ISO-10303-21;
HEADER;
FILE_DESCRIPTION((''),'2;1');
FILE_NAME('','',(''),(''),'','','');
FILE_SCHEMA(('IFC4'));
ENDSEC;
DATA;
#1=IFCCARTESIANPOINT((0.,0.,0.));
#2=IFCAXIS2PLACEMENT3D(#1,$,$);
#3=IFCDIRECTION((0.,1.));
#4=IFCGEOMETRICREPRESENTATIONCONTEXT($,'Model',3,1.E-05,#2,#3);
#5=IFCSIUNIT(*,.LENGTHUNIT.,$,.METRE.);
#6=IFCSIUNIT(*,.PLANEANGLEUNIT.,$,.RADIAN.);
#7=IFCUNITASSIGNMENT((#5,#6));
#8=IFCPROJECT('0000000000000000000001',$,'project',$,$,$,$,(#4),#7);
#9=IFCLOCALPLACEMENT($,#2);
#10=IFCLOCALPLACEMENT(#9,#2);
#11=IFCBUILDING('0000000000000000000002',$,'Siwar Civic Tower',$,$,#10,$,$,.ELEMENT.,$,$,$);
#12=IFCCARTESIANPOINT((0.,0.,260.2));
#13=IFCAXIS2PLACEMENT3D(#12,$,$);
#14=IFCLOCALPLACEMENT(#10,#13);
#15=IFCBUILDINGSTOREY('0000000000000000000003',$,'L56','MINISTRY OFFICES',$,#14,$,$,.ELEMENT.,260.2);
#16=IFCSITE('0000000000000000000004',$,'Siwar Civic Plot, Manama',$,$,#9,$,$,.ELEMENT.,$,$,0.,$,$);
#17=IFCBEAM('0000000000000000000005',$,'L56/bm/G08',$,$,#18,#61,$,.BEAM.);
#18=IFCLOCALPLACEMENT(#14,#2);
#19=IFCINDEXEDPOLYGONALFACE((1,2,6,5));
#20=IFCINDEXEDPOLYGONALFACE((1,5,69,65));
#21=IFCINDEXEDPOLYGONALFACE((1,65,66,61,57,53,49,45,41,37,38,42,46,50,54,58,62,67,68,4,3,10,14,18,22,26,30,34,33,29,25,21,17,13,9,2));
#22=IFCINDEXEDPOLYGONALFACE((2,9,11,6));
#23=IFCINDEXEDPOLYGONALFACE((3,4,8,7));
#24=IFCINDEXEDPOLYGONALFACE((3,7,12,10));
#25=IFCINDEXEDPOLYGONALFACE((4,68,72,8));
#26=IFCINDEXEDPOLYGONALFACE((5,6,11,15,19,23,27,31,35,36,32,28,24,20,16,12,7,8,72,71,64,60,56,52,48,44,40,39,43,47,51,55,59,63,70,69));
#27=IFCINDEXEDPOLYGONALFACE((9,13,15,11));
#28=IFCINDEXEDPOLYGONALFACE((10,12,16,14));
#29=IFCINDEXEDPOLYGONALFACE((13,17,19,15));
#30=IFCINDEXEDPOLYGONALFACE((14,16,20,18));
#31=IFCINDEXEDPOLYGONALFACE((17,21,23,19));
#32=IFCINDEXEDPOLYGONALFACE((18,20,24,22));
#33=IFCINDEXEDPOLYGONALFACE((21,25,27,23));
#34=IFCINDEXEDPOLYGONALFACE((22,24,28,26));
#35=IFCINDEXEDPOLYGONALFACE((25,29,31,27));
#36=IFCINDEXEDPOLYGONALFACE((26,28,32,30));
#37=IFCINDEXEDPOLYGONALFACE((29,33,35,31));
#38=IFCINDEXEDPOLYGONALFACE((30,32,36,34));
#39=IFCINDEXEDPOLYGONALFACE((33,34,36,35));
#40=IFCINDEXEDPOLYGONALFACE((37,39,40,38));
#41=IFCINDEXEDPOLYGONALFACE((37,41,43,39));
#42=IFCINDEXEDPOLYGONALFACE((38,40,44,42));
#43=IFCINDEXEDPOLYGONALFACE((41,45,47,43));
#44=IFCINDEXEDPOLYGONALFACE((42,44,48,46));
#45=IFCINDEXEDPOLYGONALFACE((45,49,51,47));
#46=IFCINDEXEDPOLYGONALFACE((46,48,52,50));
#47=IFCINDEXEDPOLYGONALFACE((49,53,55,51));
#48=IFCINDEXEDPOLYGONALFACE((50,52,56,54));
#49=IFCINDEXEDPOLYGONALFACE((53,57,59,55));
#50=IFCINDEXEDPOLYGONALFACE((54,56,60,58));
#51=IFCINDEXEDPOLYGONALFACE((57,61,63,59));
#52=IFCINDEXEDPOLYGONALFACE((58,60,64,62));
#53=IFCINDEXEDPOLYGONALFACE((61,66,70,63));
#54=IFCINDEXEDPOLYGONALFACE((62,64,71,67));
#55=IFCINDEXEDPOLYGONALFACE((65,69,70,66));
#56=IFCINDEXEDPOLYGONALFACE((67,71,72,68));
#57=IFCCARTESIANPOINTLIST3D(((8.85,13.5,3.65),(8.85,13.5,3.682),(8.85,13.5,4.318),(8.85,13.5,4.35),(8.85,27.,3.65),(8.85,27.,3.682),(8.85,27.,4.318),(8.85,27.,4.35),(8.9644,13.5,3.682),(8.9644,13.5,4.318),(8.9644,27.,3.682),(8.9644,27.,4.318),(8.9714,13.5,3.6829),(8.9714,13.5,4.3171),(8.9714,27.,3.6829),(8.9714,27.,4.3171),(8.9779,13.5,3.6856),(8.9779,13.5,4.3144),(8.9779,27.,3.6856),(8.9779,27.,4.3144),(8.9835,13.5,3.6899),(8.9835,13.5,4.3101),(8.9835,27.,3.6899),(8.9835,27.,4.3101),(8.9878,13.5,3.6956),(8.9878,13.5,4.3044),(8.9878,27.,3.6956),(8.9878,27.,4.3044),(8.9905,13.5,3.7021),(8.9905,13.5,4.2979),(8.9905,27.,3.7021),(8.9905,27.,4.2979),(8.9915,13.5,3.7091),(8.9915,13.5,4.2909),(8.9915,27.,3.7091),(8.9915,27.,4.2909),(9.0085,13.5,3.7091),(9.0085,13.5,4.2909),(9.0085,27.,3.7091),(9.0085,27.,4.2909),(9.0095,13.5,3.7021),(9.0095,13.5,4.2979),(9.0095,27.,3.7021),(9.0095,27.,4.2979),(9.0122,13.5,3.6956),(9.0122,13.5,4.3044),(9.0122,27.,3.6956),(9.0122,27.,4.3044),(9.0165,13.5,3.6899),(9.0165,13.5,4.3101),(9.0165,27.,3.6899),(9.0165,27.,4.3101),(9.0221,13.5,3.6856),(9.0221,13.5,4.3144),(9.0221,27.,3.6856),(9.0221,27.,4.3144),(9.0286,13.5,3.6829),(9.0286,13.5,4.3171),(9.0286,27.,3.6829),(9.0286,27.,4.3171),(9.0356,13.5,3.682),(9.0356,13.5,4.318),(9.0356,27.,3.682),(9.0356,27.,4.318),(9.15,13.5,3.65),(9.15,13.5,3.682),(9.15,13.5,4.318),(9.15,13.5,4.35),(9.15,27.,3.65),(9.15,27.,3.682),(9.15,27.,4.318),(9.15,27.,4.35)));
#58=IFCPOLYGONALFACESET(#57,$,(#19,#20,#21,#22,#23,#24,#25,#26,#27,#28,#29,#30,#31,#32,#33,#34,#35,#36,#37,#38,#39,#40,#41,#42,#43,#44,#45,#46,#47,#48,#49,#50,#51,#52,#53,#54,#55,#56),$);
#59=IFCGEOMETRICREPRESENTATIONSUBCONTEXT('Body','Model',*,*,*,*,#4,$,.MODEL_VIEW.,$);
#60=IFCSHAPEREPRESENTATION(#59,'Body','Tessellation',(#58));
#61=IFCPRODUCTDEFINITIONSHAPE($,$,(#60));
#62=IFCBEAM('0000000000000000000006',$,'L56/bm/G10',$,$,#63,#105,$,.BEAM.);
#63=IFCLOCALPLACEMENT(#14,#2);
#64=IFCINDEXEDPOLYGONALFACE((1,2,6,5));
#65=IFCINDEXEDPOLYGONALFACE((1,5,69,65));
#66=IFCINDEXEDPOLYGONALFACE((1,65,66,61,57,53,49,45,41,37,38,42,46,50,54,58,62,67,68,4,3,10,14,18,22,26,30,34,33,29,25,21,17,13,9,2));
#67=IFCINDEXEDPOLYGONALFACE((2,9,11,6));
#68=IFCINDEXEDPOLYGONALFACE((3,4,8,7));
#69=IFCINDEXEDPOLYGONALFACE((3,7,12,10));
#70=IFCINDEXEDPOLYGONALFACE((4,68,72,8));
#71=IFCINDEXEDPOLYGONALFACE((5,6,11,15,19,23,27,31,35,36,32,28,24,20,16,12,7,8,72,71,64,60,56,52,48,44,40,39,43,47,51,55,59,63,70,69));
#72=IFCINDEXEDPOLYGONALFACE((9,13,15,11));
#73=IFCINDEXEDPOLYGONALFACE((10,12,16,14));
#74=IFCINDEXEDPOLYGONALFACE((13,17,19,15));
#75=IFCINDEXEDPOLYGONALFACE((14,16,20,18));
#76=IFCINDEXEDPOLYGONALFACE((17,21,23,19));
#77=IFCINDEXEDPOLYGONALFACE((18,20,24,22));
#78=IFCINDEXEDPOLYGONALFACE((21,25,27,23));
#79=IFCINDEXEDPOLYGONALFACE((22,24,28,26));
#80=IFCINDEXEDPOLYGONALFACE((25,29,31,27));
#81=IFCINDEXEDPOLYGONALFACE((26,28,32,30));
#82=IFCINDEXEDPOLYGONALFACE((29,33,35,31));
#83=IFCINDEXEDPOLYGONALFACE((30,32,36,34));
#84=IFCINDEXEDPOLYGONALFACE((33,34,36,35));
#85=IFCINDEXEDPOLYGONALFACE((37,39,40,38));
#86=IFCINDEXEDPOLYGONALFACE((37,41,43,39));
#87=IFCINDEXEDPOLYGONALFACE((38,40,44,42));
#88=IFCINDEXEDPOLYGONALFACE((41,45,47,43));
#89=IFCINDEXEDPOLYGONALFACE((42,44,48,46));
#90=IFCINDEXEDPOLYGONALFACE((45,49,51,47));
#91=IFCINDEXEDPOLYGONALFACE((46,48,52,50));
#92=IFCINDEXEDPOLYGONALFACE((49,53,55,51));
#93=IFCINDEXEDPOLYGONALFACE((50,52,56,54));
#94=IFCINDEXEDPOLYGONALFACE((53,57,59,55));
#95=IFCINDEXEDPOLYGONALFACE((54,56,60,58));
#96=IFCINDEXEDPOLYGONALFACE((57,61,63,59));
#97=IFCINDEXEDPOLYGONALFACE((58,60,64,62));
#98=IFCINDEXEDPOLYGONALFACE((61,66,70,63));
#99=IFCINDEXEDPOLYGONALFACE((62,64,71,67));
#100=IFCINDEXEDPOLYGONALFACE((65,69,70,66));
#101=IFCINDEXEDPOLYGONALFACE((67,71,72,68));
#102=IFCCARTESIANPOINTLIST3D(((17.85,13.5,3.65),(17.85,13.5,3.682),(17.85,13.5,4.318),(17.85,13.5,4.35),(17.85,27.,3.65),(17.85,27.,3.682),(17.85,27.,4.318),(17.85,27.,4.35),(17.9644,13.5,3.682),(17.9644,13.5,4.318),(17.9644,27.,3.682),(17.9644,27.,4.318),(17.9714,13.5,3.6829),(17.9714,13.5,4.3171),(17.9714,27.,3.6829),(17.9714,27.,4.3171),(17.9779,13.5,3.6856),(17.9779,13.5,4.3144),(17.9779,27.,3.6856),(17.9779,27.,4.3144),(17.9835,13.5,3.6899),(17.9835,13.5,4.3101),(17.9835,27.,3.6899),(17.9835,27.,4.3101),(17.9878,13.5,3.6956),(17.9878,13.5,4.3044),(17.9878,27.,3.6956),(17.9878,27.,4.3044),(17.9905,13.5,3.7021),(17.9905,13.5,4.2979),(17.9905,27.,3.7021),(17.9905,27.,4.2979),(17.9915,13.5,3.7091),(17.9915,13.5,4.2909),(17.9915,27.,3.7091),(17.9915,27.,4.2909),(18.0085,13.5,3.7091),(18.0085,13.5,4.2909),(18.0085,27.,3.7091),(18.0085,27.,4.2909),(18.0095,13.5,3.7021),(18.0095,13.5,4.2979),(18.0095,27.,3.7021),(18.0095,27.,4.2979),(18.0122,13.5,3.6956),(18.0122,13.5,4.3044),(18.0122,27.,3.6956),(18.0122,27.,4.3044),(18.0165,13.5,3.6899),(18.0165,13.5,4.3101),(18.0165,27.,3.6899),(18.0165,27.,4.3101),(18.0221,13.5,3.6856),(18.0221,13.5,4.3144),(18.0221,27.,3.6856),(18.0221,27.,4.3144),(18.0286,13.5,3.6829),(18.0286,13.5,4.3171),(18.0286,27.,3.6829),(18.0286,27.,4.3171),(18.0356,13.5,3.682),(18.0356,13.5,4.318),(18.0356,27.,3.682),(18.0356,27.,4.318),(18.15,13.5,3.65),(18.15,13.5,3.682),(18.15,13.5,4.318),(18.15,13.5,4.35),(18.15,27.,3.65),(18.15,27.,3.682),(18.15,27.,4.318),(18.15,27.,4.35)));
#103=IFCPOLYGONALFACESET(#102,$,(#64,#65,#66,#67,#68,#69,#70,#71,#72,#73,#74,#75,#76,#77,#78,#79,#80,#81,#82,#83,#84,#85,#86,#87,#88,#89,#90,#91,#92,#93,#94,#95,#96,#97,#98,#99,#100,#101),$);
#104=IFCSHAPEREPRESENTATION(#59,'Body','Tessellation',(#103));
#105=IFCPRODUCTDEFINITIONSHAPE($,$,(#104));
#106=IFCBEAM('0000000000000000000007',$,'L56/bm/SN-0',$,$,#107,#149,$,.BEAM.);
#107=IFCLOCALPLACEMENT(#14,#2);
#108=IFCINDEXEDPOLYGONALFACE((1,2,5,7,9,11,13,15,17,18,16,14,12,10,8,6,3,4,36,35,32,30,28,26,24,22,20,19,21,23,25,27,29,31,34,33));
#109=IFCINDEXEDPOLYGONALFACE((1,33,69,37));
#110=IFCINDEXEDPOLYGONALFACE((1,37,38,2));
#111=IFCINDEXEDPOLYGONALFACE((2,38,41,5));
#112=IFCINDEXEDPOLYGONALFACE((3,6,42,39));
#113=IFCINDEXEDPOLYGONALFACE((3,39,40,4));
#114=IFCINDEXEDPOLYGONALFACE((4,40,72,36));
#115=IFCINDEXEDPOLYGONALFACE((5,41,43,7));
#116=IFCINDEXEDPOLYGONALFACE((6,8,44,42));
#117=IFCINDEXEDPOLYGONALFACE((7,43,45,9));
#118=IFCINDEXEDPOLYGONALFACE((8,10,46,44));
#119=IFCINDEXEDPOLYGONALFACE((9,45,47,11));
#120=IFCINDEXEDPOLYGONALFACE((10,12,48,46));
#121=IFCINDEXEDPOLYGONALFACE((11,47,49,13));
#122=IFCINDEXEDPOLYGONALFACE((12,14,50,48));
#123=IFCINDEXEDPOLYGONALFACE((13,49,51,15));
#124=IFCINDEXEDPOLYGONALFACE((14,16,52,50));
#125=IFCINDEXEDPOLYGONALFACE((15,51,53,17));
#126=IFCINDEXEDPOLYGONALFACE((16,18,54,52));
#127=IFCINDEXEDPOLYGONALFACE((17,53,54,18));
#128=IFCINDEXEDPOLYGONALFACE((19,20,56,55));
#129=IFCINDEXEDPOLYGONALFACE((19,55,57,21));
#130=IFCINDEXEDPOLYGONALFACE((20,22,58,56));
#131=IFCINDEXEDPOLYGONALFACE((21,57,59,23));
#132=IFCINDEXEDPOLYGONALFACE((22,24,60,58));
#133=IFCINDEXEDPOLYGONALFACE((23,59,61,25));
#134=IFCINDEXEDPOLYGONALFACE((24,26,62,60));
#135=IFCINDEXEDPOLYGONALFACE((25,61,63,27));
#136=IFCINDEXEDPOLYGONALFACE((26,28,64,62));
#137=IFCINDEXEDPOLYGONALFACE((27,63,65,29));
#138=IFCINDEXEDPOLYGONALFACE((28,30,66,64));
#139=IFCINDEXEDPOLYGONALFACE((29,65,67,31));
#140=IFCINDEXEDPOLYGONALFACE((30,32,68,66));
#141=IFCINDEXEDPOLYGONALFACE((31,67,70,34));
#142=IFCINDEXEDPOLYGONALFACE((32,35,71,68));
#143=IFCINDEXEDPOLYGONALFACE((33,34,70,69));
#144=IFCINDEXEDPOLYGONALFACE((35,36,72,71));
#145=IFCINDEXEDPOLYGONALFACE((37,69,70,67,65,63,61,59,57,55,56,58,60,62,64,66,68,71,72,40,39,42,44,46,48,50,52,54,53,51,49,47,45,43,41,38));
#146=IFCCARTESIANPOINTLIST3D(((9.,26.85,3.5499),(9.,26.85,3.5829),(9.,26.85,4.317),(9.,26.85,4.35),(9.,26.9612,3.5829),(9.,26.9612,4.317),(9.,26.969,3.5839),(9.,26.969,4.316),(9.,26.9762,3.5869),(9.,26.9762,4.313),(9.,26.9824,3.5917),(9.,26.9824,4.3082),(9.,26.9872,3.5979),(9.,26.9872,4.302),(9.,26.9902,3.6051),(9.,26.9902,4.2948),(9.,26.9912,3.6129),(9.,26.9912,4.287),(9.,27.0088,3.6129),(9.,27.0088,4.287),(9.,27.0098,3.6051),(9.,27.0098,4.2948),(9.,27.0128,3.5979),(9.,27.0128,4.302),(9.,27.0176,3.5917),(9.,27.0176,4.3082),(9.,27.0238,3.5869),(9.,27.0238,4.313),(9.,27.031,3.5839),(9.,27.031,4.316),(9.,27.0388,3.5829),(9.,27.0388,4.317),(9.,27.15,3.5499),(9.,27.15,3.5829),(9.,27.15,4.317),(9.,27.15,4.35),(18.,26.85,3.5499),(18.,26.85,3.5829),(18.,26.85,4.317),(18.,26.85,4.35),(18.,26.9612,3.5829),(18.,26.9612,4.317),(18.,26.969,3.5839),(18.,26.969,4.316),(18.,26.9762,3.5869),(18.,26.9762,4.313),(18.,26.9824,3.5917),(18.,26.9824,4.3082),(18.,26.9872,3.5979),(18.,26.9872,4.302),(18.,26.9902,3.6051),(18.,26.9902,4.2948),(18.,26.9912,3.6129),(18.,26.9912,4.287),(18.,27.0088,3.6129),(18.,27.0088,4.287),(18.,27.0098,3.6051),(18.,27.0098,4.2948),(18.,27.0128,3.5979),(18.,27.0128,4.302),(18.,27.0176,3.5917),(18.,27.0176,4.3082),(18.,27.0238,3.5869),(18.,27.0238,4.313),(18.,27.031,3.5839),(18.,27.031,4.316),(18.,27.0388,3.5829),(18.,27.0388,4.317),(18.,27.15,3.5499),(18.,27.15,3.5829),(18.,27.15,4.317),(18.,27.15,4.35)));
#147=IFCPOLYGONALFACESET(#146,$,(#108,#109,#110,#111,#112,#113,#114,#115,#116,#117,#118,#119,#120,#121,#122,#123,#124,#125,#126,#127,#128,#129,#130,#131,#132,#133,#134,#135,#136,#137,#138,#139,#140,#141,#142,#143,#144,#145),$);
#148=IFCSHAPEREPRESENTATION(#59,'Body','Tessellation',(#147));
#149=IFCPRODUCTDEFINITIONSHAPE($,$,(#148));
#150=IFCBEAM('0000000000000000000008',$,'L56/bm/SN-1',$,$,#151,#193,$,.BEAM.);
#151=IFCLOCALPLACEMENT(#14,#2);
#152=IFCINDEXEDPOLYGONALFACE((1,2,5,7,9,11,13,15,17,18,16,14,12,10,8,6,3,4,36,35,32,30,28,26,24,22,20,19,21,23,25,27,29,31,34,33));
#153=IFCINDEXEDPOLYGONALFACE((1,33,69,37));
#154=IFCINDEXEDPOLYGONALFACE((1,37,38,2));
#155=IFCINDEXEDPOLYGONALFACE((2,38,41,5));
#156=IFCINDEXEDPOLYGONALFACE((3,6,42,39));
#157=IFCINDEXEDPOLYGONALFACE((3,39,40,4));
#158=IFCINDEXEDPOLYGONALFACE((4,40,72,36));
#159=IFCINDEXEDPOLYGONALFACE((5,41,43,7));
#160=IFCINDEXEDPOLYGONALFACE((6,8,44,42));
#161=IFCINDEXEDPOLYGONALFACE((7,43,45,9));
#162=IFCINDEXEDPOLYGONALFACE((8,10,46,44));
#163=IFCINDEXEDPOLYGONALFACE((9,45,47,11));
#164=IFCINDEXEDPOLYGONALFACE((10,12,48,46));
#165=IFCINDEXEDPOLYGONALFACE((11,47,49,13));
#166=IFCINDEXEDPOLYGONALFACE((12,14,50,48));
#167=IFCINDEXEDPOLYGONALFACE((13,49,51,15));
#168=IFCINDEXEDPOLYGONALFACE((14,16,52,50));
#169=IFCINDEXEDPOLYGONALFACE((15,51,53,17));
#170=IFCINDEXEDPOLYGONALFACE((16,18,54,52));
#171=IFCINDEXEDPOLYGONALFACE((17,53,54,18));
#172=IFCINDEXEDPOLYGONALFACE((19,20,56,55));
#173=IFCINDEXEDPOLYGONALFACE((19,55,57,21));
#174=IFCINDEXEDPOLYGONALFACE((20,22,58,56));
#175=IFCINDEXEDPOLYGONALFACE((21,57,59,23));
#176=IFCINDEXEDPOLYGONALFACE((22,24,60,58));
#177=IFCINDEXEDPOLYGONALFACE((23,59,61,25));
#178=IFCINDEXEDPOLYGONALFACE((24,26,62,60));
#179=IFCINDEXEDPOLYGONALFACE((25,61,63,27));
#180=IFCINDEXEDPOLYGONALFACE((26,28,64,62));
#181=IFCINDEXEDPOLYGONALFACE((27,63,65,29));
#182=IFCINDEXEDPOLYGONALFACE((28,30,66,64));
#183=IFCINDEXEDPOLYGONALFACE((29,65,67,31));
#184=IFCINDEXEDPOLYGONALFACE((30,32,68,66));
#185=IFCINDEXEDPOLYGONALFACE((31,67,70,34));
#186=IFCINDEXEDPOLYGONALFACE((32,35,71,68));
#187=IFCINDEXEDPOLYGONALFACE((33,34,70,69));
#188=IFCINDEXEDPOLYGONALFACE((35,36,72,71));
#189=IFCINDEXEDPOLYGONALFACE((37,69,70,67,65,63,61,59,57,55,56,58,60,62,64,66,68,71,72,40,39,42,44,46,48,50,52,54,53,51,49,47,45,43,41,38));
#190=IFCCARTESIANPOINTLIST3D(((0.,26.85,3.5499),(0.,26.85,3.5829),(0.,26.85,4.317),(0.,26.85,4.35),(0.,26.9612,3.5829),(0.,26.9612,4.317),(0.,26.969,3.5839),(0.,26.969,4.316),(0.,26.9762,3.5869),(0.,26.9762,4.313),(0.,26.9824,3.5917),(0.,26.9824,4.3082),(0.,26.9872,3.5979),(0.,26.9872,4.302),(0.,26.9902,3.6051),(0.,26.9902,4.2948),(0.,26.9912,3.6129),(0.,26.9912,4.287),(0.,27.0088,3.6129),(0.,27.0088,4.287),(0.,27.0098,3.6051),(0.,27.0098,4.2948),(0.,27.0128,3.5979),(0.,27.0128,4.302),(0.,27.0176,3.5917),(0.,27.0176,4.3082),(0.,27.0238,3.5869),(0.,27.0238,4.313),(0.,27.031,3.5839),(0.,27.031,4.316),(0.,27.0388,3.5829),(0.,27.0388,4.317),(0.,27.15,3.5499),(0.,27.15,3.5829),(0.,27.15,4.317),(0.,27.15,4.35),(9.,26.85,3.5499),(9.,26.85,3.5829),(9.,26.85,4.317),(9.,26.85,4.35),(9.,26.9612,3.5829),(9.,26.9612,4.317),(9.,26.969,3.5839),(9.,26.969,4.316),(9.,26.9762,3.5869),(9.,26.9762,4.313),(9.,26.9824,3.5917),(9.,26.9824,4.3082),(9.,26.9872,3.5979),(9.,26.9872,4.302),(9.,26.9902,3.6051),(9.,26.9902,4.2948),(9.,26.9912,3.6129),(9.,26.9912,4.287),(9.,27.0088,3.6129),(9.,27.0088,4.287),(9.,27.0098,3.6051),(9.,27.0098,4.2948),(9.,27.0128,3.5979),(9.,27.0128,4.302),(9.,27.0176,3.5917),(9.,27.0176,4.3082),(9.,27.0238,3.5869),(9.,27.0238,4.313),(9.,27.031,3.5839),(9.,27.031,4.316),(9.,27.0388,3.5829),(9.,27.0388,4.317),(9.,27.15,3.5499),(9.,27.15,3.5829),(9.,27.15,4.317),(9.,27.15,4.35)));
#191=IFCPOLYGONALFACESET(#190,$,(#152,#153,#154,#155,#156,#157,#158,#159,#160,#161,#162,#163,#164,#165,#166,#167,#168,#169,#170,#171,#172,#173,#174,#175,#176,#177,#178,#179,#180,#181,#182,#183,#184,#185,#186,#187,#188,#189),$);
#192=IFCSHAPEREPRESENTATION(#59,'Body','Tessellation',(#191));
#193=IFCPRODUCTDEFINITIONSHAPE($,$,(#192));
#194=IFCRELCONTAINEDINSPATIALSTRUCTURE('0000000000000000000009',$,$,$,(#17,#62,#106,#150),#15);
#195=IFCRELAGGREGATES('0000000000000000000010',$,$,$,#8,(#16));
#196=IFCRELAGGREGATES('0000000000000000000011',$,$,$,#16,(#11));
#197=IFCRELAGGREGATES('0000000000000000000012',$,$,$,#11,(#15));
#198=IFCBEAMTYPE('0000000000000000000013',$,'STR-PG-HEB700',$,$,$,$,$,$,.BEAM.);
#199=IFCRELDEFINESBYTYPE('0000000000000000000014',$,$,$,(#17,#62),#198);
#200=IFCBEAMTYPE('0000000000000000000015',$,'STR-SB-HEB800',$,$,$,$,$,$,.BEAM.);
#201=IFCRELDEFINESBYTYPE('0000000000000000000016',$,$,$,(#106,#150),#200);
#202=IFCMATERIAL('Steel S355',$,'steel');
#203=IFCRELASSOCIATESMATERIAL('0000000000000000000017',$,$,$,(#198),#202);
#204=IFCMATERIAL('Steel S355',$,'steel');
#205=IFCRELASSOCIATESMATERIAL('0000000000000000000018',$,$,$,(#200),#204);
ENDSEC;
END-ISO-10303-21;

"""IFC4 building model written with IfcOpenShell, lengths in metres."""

from ifc_helpers import new_model, si_unit, direction, frame, origin, origin_2d, place, context, subcontext, project, spatial, i_section, extrude, material, material_profile, profile_set, type_object, element, save


model = new_model("IFC4")

# Units and contexts
model_context = context("Model", 3, precision=1e-05, world=origin(), true_north=direction((0.0, 1.0)))
body_context = subcontext(model_context, "Body", "Model", "MODEL_VIEW")
ifc_project = project(units=[si_unit("LENGTHUNIT", "METRE"), si_unit("PLANEANGLEUNIT", "RADIAN")], contexts=[model_context])

# Site, building, storey
site_placement = place(None, origin())
site = spatial("IfcSite", under=ifc_project, at=site_placement, Name="Siwar Civic Plot, Manama", CompositionType="ELEMENT", RefElevation=0.0)
building_placement = place(site_placement, origin())
building = spatial("IfcBuilding", under=site, at=building_placement, Name="Siwar Civic Tower", CompositionType="ELEMENT")
storey_placement = place(building_placement, frame((0.0, 0.0, 260.2)))
storey = spatial("IfcBuildingStorey", under=building, at=storey_placement, Name="L56", Description="MINISTRY OFFICES", CompositionType="ELEMENT", Elevation=260.2)

# Beams
ifc_material_1 = material(Name="Steel S355", Category="steel")
ifc_material_profile_1 = material_profile(ifc_material_1, i_section(OverallWidth=0.3, OverallDepth=0.7, WebThickness=0.0171, FlangeThickness=0.032, FilletRadius=0.0271, at=origin_2d()), Name="HEB700")
ifc_profile_set_1 = profile_set([ifc_material_profile_1], Name="Steel S355")
beam_type_1 = type_object("IfcBeamType", Name="STR-PG-HEB700", PredefinedType="BEAM", material=ifc_profile_set_1)
for number, where, z_axis, x_axis, name in (
    (1, (9.0, 13.5, 4.0), (0.0, 1.0, 0.0), (-1.0, 0.0, 0.0), "L56/bm/G08"),
    (2, (18.0, 13.5, 4.0), (0.0, 1.0, 0.0), (-1.0, 0.0, 0.0), "L56/bm/G10"),
):
    element("IfcBeam", number, at=place(storey_placement, frame(where, z_axis=z_axis, x_axis=x_axis)), inside=storey, type_object=beam_type_1, Name=name, PredefinedType="BEAM", context=body_context, shape_type="SweptSolid", body=[
        extrude(i_section(OverallWidth=0.3, OverallDepth=0.7, WebThickness=0.0171, FlangeThickness=0.032, FilletRadius=0.0271, at=origin_2d()), origin(), (0.0, 0.0, 1.0), 13.5),
    ])
ifc_material_2 = material(Name="Steel S355", Category="steel")
ifc_material_profile_2 = material_profile(ifc_material_2, i_section(OverallWidth=0.3, OverallDepth=0.8, WebThickness=0.0176, FlangeThickness=0.033, FilletRadius=0.03, at=origin_2d()), Name="HEB800")
ifc_profile_set_2 = profile_set([ifc_material_profile_2], Name="Steel S355")
beam_type_2 = type_object("IfcBeamType", Name="STR-SB-HEB800", PredefinedType="BEAM", material=ifc_profile_set_2)
for number, where, z_axis, x_axis, name in (
    (3, (18.0, 27.0, 3.95), (-1.0, 0.0, 0.0), (0.0, -1.0, 0.0), "L56/bm/SN-0"),
    (4, (9.0, 27.0, 3.95), (-1.0, 0.0, 0.0), (0.0, -1.0, 0.0), "L56/bm/SN-1"),
):
    element("IfcBeam", number, at=place(storey_placement, frame(where, z_axis=z_axis, x_axis=x_axis)), inside=storey, type_object=beam_type_2, Name=name, PredefinedType="BEAM", context=body_context, shape_type="SweptSolid", body=[
        extrude(i_section(OverallWidth=0.3, OverallDepth=0.8, WebThickness=0.0176, FlangeThickness=0.033, FilletRadius=0.03, at=origin_2d()), origin(), (0.0, 0.0, 1.0), 9.0),
    ])

save(model, "model.ifc")
